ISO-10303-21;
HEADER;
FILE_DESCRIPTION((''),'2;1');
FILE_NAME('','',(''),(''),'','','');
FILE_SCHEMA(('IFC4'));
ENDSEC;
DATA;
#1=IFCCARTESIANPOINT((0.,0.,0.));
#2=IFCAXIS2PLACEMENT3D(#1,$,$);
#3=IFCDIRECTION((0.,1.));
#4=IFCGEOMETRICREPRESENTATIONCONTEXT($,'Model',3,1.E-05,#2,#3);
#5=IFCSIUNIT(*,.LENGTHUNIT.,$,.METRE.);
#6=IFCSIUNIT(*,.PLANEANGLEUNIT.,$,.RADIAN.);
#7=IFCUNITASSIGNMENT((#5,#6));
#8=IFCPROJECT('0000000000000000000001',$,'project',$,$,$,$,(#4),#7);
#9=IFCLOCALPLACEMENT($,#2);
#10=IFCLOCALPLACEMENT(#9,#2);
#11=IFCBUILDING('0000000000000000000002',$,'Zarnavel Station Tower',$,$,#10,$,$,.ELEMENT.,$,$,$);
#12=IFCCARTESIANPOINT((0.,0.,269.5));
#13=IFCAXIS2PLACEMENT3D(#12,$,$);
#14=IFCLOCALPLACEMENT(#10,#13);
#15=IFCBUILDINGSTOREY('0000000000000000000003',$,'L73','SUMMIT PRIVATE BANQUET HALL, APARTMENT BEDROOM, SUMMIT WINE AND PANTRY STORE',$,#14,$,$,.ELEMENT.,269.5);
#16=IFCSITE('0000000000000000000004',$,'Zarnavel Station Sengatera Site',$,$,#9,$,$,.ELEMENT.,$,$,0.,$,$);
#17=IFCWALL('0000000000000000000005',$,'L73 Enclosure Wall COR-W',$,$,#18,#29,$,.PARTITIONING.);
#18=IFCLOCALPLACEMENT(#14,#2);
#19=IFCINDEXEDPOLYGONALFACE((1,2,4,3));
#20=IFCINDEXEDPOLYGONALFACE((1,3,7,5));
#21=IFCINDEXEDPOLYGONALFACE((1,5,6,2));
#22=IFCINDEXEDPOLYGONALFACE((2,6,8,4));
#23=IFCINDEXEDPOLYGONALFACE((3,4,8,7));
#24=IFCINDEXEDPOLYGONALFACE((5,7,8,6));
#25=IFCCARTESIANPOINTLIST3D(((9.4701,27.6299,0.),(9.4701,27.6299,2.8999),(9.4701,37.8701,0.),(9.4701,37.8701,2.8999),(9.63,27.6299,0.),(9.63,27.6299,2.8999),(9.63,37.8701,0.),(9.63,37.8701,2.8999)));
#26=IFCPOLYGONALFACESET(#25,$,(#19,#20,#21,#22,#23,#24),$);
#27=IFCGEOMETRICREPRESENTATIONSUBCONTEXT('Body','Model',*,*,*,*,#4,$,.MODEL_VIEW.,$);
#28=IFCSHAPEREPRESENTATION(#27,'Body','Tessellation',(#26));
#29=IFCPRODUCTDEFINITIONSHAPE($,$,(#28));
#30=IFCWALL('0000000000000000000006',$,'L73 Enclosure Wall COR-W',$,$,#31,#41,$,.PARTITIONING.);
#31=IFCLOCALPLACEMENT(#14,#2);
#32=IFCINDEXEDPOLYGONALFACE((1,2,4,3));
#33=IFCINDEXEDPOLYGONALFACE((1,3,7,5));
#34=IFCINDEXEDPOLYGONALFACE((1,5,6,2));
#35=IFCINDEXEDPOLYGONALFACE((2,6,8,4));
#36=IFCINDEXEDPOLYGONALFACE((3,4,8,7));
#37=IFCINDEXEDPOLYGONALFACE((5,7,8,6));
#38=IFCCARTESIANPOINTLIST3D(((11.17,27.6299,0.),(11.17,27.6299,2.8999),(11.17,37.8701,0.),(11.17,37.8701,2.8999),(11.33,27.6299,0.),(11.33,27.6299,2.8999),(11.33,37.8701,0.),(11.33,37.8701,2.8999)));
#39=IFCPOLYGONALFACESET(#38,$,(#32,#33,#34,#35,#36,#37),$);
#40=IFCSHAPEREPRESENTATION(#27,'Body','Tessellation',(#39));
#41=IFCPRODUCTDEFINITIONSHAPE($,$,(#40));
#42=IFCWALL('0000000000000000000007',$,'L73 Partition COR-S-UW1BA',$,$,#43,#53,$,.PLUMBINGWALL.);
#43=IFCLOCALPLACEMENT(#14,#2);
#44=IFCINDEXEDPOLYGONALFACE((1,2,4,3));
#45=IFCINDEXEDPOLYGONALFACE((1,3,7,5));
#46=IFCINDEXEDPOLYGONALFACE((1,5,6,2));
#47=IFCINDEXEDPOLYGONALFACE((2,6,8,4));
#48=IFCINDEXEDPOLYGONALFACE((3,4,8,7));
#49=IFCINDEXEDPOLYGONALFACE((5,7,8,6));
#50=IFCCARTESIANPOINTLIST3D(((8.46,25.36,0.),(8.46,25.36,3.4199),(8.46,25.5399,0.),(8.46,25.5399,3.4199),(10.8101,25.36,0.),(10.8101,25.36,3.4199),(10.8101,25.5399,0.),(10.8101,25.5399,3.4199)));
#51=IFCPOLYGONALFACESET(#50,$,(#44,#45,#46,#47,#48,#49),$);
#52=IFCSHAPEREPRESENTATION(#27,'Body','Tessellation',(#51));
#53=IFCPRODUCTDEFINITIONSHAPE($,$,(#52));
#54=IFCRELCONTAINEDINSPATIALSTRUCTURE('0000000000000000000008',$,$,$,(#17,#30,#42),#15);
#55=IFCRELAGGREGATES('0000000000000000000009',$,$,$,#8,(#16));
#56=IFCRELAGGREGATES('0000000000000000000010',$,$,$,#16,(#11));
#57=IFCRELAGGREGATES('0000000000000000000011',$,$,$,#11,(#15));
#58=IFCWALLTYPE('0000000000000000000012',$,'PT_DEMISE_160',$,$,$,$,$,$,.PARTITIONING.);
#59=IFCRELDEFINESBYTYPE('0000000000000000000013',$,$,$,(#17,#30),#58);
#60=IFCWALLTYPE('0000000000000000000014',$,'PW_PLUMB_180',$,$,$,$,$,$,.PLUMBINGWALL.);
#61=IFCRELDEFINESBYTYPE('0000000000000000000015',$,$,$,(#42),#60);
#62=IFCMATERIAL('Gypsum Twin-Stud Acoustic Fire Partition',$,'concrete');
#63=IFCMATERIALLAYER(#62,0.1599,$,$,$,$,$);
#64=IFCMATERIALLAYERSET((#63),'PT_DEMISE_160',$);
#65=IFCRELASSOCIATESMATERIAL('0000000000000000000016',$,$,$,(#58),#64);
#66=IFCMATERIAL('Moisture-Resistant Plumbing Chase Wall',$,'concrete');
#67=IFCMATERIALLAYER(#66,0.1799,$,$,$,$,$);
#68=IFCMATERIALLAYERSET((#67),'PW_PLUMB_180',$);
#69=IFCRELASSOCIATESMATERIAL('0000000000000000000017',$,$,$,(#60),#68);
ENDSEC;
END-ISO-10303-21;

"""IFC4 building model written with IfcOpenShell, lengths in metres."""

from ifc_helpers import new_model, si_unit, direction, frame, frame_2d, origin, place, context, subcontext, project, spatial, rectangle, extrude, material, layer, layer_set, type_object, element, save


model = new_model("IFC4")

# Units and contexts
model_context = context("Model", 3, precision=1e-05, world=origin(), true_north=direction((0.0, 1.0)))
body_context = subcontext(model_context, "Body", "Model", "MODEL_VIEW")
ifc_project = project(units=[si_unit("LENGTHUNIT", "METRE"), si_unit("PLANEANGLEUNIT", "RADIAN")], contexts=[model_context])

# Site, building, storey
site_placement = place(None, origin())
site = spatial("IfcSite", under=ifc_project, at=site_placement, Name="Zarnavel Station Sengatera Site", CompositionType="ELEMENT", RefElevation=0.0)
building_placement = place(site_placement, origin())
building = spatial("IfcBuilding", under=site, at=building_placement, Name="Zarnavel Station Tower", CompositionType="ELEMENT")
storey_placement = place(building_placement, frame((0.0, 0.0, 269.5)))
storey = spatial("IfcBuildingStorey", under=building, at=storey_placement, Name="L73", Description="SUMMIT PRIVATE BANQUET HALL, APARTMENT BEDROOM, SUMMIT WINE AND PANTRY STORE", CompositionType="ELEMENT", Elevation=269.5)

# Shared definitions
ifc_material_1 = material(Name="Gypsum Twin-Stud Acoustic Fire Partition", Category="concrete")
ifc_layer_1 = layer(ifc_material_1, 0.1599)
ifc_layer_set_1 = layer_set([ifc_layer_1], Name="PT_DEMISE_160")
wall_type_1 = type_object("IfcWallType", Name="PT_DEMISE_160", PredefinedType="PARTITIONING", material=ifc_layer_set_1)

# Walls
for number, where, z_axis, x_axis, name in (
    (1, (9.55, 27.6299, 0.0), (0.0, 0.0, 1.0), (0.0, 1.0, 0.0), "L73 Enclosure Wall COR-W"),
    (2, (11.25, 27.6299, 0.0), (0.0, 0.0, 1.0), (0.0, 1.0, 0.0), "L73 Enclosure Wall COR-W"),
):
    element("IfcWall", number, at=place(storey_placement, frame(where, z_axis=z_axis, x_axis=x_axis)), inside=storey, type_object=wall_type_1, Name=name, PredefinedType="PARTITIONING", context=body_context, shape_type="SweptSolid", body=[
        extrude(rectangle(XDim=10.2402, YDim=0.1599, at=frame_2d((5.1201, 0.0))), origin(), (0.0, 0.0, 1.0), 2.8999),
    ])
ifc_material_2 = material(Name="Moisture-Resistant Plumbing Chase Wall", Category="concrete")
ifc_layer_2 = layer(ifc_material_2, 0.1799)
ifc_layer_set_2 = layer_set([ifc_layer_2], Name="PW_PLUMB_180")
wall_type_2 = type_object("IfcWallType", Name="PW_PLUMB_180", PredefinedType="PLUMBINGWALL", material=ifc_layer_set_2)
wall_1_placement = place(storey_placement, frame((8.46, 25.45, 0.0), z_axis=(0.0, 0.0, 1.0), x_axis=(1.0, 0.0, 0.0)))
element("IfcWall", 3, at=wall_1_placement, inside=storey, type_object=wall_type_2, Name="L73 Partition COR-S-UW1BA", PredefinedType="PLUMBINGWALL", context=body_context, shape_type="SweptSolid", body=[
    extrude(rectangle(XDim=2.3501, YDim=0.1799, at=frame_2d((1.175, 0.0))), origin(), (0.0, 0.0, 1.0), 3.4199),
])

save(model, "model.ifc")
